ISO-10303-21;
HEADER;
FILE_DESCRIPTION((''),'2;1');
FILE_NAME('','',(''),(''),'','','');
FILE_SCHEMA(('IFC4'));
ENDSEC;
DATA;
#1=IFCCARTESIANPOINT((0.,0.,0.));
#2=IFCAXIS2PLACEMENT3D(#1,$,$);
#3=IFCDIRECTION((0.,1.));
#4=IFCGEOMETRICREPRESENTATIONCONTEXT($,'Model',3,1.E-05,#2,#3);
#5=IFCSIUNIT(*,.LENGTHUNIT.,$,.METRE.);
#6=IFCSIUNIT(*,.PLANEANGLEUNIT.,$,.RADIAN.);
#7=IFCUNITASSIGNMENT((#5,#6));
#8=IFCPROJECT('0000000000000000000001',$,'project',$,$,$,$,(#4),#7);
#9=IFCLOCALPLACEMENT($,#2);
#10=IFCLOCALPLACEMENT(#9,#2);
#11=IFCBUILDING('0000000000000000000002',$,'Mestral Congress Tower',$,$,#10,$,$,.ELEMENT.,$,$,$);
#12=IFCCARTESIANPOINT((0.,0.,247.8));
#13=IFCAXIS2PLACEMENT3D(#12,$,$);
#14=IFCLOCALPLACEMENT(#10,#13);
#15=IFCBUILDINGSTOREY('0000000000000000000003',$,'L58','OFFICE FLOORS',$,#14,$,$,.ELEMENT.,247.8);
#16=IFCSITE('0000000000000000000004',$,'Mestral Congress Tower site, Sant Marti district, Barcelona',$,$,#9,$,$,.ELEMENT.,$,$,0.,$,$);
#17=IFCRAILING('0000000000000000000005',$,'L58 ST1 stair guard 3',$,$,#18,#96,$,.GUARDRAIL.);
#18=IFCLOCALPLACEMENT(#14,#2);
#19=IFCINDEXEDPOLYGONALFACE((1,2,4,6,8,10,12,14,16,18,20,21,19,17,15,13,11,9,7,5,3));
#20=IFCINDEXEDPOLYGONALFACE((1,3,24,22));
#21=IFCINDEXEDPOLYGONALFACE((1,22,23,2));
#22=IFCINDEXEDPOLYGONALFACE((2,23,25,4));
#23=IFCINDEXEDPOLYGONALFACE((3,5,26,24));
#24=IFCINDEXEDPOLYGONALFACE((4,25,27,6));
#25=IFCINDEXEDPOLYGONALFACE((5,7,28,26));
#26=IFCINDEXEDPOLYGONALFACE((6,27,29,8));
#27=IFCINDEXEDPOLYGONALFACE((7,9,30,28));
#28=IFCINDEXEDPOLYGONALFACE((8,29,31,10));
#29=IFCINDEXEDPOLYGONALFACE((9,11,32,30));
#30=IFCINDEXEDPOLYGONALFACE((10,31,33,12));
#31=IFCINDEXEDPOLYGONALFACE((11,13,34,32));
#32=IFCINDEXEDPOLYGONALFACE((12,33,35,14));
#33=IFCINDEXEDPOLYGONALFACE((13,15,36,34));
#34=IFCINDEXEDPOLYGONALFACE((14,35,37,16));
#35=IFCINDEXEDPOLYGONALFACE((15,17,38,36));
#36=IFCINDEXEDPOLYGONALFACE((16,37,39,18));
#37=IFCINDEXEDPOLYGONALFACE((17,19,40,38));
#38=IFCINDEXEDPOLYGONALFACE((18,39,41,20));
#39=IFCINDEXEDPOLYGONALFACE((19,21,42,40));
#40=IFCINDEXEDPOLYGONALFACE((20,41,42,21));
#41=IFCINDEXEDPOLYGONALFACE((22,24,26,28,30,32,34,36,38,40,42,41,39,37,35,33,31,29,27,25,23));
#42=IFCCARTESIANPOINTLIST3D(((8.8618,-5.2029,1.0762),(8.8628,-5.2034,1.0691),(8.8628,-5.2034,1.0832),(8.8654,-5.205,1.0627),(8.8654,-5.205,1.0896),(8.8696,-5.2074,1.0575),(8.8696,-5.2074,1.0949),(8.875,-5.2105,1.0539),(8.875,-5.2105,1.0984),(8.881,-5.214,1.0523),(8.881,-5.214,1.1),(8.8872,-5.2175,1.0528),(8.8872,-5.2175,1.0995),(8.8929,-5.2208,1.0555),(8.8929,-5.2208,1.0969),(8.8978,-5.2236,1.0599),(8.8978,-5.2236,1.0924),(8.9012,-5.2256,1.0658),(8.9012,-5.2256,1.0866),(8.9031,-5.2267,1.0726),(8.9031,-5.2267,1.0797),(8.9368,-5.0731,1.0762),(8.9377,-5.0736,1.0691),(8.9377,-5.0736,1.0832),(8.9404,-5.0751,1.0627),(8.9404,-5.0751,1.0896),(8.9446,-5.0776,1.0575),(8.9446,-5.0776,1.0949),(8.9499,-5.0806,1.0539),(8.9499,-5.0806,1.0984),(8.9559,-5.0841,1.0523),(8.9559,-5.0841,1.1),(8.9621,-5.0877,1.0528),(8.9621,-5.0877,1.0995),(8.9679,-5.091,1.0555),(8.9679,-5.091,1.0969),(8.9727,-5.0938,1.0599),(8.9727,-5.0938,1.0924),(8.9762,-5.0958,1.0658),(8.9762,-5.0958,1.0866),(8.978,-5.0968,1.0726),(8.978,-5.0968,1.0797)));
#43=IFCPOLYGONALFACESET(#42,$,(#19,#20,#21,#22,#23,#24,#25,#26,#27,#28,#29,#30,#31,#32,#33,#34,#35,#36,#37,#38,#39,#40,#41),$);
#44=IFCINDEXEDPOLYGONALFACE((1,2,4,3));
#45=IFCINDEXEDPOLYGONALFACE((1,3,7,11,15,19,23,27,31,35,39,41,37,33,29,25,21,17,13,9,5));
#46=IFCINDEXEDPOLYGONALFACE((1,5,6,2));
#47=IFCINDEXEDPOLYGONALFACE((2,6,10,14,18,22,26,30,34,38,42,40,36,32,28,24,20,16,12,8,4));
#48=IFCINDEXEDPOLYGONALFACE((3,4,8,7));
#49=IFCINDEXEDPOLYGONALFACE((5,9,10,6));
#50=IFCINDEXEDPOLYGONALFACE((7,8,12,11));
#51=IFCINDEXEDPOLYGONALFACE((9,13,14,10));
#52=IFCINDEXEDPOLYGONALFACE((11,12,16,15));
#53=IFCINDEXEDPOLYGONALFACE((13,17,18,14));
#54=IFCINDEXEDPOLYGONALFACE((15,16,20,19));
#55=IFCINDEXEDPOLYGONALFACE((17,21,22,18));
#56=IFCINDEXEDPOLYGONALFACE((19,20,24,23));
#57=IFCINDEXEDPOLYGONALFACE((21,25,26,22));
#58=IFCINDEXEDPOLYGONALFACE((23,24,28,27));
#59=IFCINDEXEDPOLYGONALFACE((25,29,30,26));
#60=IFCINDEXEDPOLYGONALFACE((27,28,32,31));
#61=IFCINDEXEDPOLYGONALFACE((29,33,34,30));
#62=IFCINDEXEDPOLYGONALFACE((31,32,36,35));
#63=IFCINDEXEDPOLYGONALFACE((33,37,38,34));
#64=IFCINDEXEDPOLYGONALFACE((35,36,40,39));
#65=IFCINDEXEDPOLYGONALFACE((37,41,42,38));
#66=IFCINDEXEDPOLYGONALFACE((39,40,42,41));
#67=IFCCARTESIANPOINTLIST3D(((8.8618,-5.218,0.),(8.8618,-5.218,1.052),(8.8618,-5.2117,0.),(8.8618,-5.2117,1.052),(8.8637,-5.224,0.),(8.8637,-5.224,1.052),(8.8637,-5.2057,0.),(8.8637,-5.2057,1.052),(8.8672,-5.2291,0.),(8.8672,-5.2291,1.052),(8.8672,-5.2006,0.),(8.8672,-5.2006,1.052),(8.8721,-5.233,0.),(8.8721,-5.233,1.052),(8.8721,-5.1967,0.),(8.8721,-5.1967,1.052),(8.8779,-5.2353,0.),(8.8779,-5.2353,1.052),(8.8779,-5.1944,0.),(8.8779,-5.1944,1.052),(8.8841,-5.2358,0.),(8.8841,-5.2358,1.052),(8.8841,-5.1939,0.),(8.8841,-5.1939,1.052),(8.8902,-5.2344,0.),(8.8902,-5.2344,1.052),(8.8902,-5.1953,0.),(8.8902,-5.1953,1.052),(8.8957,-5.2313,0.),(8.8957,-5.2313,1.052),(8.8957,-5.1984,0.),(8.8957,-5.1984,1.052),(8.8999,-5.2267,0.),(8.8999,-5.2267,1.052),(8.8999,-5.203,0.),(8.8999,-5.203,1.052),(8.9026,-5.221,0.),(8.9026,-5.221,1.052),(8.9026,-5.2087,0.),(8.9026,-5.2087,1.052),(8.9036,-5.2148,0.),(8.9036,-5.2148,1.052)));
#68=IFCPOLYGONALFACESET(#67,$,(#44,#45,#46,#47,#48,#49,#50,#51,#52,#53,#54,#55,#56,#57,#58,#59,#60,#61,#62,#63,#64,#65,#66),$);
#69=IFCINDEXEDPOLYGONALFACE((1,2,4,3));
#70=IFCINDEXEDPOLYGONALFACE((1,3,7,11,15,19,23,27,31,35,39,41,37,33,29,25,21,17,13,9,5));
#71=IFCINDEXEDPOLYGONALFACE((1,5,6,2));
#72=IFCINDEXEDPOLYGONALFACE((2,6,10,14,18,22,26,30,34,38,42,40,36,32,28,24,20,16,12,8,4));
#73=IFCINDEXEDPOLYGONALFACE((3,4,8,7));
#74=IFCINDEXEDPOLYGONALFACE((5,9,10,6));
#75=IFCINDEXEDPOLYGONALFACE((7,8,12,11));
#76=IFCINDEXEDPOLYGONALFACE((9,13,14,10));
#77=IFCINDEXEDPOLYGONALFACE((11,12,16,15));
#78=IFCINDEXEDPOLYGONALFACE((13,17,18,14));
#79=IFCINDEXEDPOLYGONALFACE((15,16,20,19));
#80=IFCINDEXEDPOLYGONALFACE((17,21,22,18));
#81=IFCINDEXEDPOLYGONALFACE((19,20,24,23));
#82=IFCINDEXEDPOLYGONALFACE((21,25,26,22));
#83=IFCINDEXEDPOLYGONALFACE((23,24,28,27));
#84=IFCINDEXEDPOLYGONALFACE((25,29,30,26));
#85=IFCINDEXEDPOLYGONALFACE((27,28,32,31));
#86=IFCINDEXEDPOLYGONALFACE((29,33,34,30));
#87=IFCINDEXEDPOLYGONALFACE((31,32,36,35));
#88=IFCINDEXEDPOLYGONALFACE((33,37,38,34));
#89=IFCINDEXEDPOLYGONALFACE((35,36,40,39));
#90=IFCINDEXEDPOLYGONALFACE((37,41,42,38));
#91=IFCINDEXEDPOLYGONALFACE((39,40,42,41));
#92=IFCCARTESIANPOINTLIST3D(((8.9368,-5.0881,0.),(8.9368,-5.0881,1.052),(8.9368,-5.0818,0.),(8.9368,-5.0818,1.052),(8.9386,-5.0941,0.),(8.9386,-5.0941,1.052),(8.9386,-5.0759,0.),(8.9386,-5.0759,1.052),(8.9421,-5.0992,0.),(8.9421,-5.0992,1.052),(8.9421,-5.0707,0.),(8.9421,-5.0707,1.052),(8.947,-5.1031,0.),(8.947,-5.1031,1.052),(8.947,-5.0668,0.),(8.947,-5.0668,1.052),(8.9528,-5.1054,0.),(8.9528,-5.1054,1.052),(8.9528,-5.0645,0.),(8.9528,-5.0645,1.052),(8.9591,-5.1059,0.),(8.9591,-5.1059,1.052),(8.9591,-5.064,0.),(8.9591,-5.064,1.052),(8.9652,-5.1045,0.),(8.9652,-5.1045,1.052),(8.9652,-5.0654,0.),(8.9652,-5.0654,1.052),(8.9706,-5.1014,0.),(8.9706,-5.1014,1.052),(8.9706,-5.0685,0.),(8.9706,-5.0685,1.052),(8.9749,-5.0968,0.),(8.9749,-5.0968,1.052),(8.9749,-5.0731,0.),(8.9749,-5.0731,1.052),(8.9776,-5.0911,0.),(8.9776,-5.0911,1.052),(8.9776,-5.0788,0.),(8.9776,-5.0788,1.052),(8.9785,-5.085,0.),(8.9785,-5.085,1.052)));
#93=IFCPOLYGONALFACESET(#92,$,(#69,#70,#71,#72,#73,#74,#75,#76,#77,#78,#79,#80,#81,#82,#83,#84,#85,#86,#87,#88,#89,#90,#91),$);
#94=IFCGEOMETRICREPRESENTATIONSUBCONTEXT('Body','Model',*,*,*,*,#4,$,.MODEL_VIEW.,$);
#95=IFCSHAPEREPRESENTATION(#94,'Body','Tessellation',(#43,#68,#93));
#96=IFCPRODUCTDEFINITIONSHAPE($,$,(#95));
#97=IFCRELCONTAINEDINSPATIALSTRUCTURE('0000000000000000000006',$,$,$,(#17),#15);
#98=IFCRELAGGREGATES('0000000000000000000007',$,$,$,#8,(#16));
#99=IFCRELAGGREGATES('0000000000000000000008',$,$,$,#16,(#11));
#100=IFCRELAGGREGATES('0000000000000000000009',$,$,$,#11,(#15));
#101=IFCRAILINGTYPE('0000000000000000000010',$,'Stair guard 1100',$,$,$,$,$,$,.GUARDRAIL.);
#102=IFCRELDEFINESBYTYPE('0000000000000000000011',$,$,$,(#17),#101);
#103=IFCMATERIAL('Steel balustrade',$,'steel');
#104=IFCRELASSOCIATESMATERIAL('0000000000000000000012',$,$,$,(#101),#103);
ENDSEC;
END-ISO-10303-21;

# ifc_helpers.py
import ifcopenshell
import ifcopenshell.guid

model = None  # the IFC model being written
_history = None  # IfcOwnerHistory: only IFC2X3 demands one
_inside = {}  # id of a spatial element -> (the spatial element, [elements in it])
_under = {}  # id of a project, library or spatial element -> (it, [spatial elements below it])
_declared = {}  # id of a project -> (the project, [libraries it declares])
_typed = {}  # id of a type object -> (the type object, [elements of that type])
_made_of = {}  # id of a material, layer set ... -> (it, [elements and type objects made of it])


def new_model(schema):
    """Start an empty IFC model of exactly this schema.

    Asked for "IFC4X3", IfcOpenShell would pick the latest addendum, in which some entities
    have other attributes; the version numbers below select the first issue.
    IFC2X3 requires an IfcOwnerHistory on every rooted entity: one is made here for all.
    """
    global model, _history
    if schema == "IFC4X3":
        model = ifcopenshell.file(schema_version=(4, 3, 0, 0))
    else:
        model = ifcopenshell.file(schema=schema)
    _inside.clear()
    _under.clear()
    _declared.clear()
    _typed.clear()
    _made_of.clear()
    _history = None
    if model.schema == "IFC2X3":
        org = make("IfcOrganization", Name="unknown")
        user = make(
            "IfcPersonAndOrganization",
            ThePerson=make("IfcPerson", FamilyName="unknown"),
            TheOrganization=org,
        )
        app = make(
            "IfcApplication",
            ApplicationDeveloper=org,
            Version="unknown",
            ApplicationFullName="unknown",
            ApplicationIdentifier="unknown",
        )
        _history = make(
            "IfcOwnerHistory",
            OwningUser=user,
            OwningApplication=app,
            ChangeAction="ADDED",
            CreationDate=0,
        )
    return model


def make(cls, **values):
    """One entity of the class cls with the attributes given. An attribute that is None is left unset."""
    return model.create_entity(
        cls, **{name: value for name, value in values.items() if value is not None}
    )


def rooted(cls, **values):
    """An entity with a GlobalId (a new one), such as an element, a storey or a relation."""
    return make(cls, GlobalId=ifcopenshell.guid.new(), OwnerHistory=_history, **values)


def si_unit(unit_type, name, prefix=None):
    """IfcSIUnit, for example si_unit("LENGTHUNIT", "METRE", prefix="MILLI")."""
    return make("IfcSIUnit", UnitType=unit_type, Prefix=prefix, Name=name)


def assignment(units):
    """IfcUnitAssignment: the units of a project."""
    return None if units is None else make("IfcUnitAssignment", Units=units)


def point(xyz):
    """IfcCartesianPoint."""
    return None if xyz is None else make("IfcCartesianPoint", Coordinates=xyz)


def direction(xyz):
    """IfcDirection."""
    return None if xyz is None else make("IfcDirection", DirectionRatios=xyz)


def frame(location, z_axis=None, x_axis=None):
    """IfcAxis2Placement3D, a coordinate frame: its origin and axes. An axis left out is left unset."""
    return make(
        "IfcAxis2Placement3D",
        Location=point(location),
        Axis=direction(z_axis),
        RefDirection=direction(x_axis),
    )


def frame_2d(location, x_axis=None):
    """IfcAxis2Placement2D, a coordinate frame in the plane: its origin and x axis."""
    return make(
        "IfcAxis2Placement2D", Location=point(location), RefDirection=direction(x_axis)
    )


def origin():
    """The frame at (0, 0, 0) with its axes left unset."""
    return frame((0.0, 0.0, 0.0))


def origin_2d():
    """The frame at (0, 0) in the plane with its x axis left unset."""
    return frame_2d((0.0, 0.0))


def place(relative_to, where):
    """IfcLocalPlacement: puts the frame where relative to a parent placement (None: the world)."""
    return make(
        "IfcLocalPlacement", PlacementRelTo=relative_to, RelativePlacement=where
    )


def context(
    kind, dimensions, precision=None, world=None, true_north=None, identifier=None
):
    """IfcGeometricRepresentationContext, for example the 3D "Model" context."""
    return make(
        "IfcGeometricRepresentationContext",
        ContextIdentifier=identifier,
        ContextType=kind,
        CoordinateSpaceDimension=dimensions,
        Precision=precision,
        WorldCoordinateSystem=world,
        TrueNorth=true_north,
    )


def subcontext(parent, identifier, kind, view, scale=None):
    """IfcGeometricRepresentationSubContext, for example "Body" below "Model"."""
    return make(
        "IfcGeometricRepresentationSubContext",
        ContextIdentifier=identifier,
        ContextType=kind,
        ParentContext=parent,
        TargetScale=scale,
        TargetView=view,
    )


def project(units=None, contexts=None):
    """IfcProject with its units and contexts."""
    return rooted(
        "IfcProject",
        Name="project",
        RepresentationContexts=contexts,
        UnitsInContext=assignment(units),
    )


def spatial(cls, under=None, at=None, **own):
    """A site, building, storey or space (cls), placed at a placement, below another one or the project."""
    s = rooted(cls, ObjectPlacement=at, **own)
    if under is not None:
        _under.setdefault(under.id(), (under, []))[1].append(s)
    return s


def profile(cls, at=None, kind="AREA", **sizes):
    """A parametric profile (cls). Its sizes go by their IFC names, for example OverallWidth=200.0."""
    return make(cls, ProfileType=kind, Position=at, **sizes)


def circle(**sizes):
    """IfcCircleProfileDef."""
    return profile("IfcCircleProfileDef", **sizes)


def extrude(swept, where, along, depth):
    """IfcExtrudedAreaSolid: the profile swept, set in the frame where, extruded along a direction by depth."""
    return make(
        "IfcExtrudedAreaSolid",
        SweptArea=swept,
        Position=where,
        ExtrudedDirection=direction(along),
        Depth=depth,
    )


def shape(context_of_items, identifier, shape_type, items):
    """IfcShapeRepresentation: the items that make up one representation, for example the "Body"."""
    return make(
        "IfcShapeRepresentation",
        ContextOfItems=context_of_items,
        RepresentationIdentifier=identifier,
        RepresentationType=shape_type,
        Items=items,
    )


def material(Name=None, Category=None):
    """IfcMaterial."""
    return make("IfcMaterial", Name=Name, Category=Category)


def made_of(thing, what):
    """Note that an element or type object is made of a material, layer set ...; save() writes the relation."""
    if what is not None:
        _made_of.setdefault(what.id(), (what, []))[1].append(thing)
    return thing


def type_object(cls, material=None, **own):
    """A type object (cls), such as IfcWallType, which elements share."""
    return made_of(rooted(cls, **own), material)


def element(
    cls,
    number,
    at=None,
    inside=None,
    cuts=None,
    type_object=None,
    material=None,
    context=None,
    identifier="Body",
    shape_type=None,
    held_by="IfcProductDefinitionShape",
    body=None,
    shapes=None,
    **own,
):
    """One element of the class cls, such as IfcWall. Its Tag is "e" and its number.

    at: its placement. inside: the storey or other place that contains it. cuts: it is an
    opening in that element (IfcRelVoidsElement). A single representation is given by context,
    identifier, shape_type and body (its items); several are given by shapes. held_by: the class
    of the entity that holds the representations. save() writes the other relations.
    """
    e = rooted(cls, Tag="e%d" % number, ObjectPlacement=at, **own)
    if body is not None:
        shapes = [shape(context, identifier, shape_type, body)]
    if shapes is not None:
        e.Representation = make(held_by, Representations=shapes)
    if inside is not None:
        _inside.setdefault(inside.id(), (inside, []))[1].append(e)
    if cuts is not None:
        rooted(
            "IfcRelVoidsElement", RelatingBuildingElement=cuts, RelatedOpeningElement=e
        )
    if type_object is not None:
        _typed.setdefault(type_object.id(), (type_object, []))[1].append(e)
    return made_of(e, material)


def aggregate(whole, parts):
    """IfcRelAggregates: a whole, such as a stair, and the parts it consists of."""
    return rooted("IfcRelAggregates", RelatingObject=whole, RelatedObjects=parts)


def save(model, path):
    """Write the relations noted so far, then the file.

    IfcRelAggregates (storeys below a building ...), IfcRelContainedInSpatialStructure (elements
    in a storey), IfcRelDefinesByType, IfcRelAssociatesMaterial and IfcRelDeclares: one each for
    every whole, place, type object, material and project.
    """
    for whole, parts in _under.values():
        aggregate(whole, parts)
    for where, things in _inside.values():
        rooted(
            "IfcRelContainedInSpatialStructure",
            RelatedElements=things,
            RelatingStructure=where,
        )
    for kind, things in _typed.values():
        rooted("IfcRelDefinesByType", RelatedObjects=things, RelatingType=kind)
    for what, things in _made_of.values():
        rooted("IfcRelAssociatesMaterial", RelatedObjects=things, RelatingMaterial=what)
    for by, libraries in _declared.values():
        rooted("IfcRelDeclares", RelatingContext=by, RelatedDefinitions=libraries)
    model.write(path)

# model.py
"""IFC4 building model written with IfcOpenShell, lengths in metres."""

from ifc_helpers import new_model, si_unit, direction, frame, origin, origin_2d, place, context, subcontext, project, spatial, circle, extrude, material, type_object, element, save


model = new_model("IFC4")

# Units and contexts
model_context = context("Model", 3, precision=1e-05, world=origin(), true_north=direction((0.0, 1.0)))
body_context = subcontext(model_context, "Body", "Model", "MODEL_VIEW")
ifc_project = project(units=[si_unit("LENGTHUNIT", "METRE"), si_unit("PLANEANGLEUNIT", "RADIAN")], contexts=[model_context])

# Site, building, storey
site_placement = place(None, origin())
site = spatial("IfcSite", under=ifc_project, at=site_placement, Name="Mestral Congress Tower site, Sant Marti district, Barcelona", CompositionType="ELEMENT", RefElevation=0.0)
building_placement = place(site_placement, origin())
building = spatial("IfcBuilding", under=site, at=building_placement, Name="Mestral Congress Tower", CompositionType="ELEMENT")
storey_placement = place(building_placement, frame((0.0, 0.0, 247.8)))
storey = spatial("IfcBuildingStorey", under=building, at=storey_placement, Name="L58", Description="OFFICE FLOORS", CompositionType="ELEMENT", Elevation=247.8)

# Railing
ifc_material_1 = material(Name="Steel balustrade", Category="steel")
railing_type_1 = type_object("IfcRailingType", Name="Stair guard 1100", PredefinedType="GUARDRAIL", material=ifc_material_1)
railing_1_placement = place(storey_placement, frame((8.8826, -5.2148, 0.0)))
element("IfcRailing", 1, at=railing_1_placement, inside=storey, type_object=railing_type_1, Name="L58 ST1 stair guard 3", PredefinedType="GUARDRAIL", context=body_context, shape_type="SweptSolid", body=[
    extrude(circle(Radius=0.0239, at=origin_2d()), frame((0.0, 0.0, 1.0762), z_axis=(0.499816, 0.866131, 0.0), x_axis=(-0.866131, 0.499816, 0.0)), (0.0, 0.0, 1.0), 0.1499),
    extrude(circle(Radius=0.021, at=origin_2d()), origin(), (0.0, 0.0, 1.0), 1.052),
    extrude(circle(Radius=0.021, at=origin_2d()), frame((0.075, 0.1299, 0.0)), (0.0, 0.0, 1.0), 1.052),
])

save(model, "model.ifc")
